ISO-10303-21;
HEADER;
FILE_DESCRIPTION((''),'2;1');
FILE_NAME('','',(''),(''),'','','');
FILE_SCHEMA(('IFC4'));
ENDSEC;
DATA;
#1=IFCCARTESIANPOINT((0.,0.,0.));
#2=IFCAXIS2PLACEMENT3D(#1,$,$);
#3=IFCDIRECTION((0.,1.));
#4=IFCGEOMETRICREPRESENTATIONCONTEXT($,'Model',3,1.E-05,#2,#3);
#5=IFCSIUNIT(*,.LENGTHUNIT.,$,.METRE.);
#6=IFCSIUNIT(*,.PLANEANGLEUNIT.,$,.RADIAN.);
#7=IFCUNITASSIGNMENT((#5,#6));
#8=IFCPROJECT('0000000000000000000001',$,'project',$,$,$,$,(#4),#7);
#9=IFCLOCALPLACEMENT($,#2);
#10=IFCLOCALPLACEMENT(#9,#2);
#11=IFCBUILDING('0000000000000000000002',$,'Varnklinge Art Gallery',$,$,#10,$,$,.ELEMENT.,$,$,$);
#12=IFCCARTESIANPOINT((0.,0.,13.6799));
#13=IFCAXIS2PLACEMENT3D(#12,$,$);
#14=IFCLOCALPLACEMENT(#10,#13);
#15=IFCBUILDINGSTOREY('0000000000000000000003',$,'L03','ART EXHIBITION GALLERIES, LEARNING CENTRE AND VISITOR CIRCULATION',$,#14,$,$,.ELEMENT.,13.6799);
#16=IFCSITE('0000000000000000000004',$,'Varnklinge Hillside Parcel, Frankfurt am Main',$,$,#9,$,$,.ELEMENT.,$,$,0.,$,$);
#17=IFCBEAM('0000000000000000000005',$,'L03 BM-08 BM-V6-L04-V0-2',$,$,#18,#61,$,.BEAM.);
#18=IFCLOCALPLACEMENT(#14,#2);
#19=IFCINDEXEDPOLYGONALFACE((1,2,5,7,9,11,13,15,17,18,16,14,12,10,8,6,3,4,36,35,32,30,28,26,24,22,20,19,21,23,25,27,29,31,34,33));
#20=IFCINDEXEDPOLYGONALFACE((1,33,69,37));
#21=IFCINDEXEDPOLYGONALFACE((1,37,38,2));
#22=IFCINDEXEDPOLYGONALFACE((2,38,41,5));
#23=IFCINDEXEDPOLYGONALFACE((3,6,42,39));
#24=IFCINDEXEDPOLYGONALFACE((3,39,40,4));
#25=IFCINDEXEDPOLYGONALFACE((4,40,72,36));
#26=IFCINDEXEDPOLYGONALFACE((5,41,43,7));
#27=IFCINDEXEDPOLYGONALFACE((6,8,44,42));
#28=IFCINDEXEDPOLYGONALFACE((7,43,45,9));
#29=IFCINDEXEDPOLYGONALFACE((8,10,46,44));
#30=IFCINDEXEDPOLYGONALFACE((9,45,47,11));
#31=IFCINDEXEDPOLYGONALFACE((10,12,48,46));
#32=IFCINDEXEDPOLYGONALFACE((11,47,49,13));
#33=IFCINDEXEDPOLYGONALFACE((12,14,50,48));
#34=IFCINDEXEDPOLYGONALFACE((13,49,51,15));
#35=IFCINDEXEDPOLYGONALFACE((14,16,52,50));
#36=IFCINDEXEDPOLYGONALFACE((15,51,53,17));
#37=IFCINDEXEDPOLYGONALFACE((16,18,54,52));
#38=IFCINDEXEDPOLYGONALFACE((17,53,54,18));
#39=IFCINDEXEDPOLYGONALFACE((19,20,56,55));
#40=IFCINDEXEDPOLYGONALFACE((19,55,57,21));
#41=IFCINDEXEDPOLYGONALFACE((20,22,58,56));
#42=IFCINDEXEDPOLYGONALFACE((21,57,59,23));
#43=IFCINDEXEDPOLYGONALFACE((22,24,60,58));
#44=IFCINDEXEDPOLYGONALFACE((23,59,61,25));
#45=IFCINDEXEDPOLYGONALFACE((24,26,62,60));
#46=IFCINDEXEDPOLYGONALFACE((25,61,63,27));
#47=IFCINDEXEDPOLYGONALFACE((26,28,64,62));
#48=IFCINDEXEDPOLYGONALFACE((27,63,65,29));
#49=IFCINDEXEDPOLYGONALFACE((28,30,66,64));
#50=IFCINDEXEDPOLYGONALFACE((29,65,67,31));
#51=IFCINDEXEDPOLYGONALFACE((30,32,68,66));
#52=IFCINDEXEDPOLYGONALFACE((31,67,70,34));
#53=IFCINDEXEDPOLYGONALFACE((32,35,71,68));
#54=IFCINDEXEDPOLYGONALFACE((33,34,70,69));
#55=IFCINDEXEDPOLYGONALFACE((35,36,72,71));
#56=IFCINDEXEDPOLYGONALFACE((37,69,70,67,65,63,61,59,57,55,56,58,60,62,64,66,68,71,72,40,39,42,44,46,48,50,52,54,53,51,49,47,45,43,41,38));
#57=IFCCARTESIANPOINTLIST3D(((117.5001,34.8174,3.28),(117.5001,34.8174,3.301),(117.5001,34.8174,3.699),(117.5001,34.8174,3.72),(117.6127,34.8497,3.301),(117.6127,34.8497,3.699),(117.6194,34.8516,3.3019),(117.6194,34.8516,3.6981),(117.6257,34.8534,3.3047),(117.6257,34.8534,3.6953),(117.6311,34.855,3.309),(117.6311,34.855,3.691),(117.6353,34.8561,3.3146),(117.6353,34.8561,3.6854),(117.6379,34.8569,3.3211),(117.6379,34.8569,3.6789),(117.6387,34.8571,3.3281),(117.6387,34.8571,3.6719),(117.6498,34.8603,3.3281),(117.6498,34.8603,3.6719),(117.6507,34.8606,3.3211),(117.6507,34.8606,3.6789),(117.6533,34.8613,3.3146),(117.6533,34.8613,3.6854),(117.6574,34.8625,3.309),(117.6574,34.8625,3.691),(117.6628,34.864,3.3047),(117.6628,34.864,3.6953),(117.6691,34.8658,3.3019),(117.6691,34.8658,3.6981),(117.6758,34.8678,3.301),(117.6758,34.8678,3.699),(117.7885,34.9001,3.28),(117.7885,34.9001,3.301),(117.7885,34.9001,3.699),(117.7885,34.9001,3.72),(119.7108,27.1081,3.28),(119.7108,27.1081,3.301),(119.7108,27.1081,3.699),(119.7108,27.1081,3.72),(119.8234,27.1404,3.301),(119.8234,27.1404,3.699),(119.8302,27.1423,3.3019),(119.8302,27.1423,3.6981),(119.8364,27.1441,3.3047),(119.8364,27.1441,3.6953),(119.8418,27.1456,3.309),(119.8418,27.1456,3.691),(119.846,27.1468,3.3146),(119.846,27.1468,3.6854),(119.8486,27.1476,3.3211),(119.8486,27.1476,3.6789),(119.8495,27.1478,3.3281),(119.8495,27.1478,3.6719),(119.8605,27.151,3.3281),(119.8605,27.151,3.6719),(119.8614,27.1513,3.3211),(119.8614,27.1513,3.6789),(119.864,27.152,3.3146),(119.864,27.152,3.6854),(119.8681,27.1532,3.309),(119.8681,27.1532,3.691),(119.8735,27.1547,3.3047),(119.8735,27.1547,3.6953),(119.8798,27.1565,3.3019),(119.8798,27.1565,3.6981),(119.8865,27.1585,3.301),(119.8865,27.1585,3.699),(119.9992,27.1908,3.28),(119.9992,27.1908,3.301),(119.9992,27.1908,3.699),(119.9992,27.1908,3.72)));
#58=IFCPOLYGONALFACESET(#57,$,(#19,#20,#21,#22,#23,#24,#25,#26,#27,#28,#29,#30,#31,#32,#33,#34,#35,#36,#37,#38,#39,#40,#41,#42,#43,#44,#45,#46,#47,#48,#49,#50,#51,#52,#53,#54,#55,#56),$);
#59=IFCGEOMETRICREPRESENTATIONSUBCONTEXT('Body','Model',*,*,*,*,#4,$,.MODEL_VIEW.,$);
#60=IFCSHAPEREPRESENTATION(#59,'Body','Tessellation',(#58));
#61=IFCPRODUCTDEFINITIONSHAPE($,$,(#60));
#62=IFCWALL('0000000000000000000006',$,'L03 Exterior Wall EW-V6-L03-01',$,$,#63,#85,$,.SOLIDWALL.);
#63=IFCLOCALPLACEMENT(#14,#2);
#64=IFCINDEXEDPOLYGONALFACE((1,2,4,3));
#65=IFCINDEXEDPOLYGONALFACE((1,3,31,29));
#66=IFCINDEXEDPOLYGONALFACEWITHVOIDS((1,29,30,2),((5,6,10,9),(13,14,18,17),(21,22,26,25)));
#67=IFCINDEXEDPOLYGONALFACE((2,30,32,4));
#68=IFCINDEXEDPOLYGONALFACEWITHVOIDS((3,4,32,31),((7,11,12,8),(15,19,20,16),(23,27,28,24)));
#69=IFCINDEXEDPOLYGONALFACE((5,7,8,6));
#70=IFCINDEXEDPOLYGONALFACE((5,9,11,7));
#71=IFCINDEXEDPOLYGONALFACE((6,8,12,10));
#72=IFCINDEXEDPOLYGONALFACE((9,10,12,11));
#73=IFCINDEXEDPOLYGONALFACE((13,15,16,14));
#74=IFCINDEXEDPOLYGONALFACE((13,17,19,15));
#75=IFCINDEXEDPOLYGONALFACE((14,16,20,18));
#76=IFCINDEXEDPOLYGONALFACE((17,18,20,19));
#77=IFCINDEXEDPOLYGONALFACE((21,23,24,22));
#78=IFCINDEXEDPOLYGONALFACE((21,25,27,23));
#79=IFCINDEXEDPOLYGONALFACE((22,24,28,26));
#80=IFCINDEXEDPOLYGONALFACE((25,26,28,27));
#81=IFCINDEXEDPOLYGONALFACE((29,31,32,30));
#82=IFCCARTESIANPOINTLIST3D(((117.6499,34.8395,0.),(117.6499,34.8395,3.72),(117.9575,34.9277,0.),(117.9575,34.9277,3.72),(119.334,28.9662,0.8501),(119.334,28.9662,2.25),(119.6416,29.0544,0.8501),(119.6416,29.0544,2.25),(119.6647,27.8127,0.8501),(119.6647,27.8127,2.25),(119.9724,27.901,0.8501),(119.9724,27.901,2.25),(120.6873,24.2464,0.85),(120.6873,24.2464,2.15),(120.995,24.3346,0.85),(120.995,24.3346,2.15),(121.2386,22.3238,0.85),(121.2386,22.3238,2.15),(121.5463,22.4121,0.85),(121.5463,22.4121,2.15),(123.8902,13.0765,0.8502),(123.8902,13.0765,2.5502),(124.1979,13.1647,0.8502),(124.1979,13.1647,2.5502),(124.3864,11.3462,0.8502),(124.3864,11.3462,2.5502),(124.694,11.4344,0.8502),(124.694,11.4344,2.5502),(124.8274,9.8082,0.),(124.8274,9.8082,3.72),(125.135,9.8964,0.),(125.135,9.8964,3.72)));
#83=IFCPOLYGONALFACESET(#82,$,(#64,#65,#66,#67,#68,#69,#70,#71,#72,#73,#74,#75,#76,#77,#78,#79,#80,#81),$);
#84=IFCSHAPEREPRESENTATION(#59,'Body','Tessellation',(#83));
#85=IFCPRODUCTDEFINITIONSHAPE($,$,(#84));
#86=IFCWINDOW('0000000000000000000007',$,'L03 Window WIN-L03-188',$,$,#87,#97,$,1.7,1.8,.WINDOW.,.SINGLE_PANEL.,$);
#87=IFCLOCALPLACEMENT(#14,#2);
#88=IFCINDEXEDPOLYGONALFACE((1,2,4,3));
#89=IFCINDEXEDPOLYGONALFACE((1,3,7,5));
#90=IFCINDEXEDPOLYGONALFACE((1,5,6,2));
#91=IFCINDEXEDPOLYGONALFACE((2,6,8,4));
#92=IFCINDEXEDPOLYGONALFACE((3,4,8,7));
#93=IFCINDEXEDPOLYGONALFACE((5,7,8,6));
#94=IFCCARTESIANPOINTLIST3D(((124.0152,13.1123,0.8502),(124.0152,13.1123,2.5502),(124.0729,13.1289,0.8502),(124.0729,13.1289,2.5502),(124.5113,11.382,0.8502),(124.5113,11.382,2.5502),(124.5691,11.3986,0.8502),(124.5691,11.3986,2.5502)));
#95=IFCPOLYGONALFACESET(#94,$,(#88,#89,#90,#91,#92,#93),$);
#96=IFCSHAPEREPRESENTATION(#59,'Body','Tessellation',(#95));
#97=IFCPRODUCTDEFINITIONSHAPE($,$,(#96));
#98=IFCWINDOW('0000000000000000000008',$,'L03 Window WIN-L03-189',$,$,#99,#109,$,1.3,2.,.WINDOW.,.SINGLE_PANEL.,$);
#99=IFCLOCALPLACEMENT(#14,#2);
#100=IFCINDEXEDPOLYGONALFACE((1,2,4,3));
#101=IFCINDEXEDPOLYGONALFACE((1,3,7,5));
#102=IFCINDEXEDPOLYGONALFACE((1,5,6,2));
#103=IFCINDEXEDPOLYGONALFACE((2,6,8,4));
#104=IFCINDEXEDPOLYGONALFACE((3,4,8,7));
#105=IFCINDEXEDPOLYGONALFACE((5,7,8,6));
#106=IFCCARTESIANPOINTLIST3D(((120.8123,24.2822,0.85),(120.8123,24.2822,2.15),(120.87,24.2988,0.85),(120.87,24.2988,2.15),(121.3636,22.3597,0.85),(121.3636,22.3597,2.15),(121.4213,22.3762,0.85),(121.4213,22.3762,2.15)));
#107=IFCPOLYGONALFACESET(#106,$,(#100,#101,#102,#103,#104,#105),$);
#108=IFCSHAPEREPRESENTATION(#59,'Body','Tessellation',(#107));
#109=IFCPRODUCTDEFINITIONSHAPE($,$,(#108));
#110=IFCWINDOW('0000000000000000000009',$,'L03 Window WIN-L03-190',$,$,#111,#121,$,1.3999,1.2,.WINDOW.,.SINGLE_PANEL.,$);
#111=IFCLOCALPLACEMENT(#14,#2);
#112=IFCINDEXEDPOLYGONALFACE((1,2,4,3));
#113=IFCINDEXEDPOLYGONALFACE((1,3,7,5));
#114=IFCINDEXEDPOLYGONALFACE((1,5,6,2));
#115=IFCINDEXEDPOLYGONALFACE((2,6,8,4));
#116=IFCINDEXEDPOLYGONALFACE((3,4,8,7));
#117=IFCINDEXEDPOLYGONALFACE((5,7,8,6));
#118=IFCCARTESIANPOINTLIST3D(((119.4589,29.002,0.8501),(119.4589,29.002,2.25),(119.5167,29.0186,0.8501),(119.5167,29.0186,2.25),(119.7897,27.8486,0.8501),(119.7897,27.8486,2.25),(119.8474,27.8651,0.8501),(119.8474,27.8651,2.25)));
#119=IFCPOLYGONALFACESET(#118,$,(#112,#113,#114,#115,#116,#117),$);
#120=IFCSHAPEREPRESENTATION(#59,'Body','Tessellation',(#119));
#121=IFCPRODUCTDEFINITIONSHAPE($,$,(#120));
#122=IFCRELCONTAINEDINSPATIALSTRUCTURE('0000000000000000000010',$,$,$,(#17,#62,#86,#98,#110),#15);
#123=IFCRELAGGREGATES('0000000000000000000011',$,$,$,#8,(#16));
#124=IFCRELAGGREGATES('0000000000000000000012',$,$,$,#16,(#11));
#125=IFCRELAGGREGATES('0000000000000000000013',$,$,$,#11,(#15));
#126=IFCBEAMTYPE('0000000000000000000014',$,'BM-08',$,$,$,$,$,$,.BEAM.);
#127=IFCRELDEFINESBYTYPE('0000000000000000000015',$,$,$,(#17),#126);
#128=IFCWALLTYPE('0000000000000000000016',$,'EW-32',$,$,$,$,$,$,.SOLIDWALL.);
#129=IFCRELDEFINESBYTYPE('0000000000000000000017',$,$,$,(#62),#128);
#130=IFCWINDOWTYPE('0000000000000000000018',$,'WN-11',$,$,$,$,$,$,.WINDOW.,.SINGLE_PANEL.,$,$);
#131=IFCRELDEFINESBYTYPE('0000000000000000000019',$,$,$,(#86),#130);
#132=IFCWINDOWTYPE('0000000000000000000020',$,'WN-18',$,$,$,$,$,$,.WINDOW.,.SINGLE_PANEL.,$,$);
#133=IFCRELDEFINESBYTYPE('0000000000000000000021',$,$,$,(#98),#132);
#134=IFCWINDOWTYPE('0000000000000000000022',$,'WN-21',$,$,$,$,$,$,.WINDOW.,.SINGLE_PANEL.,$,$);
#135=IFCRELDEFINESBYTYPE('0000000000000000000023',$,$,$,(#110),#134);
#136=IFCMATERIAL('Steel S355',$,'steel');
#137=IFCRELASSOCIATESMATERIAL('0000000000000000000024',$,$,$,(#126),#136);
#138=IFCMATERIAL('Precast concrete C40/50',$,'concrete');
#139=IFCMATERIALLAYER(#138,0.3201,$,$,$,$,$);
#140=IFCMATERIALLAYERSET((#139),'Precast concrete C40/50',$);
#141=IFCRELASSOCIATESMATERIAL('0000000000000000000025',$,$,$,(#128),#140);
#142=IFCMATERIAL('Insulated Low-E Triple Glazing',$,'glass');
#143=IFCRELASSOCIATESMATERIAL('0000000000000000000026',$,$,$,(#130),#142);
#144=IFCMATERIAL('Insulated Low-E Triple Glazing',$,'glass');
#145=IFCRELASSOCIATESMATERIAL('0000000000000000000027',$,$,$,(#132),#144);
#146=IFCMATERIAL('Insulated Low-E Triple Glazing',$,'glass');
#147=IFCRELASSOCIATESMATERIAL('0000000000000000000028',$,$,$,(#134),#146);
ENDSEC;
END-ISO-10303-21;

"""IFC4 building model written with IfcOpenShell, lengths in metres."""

from ifc_helpers import new_model, si_unit, direction, frame, frame_2d, origin, origin_2d, place, context, subcontext, project, spatial, rectangle, i_section, extrude, material, layer, layer_set, material_profile, profile_set, type_object, element, fill, save


model = new_model("IFC4")

# Units and contexts
model_context = context("Model", 3, precision=1e-05, world=origin(), true_north=direction((0.0, 1.0)))
body_context = subcontext(model_context, "Body", "Model", "MODEL_VIEW")
ifc_project = project(units=[si_unit("LENGTHUNIT", "METRE"), si_unit("PLANEANGLEUNIT", "RADIAN")], contexts=[model_context])

# Site, building, storey
site_placement = place(None, origin())
site = spatial("IfcSite", under=ifc_project, at=site_placement, Name="Varnklinge Hillside Parcel, Frankfurt am Main", CompositionType="ELEMENT", RefElevation=0.0)
building_placement = place(site_placement, origin())
building = spatial("IfcBuilding", under=site, at=building_placement, Name="Varnklinge Art Gallery", CompositionType="ELEMENT")
storey_placement = place(building_placement, frame((0.0, 0.0, 13.6799)))
storey = spatial("IfcBuildingStorey", under=building, at=storey_placement, Name="L03", Description="ART EXHIBITION GALLERIES, LEARNING CENTRE AND VISITOR CIRCULATION", CompositionType="ELEMENT", Elevation=13.6799)

# Beam
ifc_material_1 = material(Name="Steel S355", Category="steel")
ifc_material_profile_1 = material_profile(ifc_material_1, i_section(OverallWidth=0.3, OverallDepth=0.4399, WebThickness=0.0115, FlangeThickness=0.021, FilletRadius=0.0271, at=origin_2d()), Name="HEA 450")
ifc_profile_set_1 = profile_set([ifc_material_profile_1], Name="Steel S355")
beam_type_1 = type_object("IfcBeamType", Name="BM-08", PredefinedType="BEAM", material=ifc_profile_set_1)
beam_1_placement = place(storey_placement, frame((119.855, 27.1494, 3.5), z_axis=(-0.27565, 0.961258, 0.0), x_axis=(-0.961258, -0.27565, 0.0)))
element("IfcBeam", 1, at=beam_1_placement, inside=storey, type_object=beam_type_1, Name="L03 BM-08 BM-V6-L04-V0-2", PredefinedType="BEAM", context=body_context, shape_type="SweptSolid", body=[
    extrude(i_section(OverallWidth=0.3, OverallDepth=0.4399, WebThickness=0.0115, FlangeThickness=0.021, FilletRadius=0.0271, at=origin_2d()), origin(), (0.0, 0.0, 1.0), 8.02),
])

# Wall, openings, windows
ifc_material_2 = material(Name="Precast concrete C40/50", Category="concrete")
ifc_layer_1 = layer(ifc_material_2, 0.3201)
ifc_layer_set_1 = layer_set([ifc_layer_1], Name="Precast concrete C40/50")
wall_type_1 = type_object("IfcWallType", Name="EW-32", PredefinedType="SOLIDWALL", material=ifc_layer_set_1)
wall_1_placement = place(storey_placement, frame((124.9812, 9.8523, 0.0), z_axis=(0.0, 0.0, 1.0), x_axis=(-0.275634, 0.961263, 0.0)))
wall_1 = element("IfcWall", 2, at=wall_1_placement, inside=storey, type_object=wall_type_1, Name="L03 Exterior Wall EW-V6-L03-01", PredefinedType="SOLIDWALL", context=body_context, shape_type="SweptSolid", body=[
    extrude(rectangle(XDim=26.04, YDim=0.3201, at=frame_2d((13.02, 0.0))), origin(), (0.0, 0.0, 1.0), 3.72),
])
opening_1_placement = place(wall_1_placement, frame((1.6001, 0.0, 0.8501)))
opening_1 = element("IfcOpeningElement", 3, at=opening_1_placement, cuts=wall_1, PredefinedType="OPENING", context=body_context, shape_type="SweptSolid", body=[
    extrude(rectangle(XDim=1.8, YDim=1.7, at=frame_2d((0.8999, 0.8501))), frame((0.0, 0.1702, 0.0), z_axis=(0.0, -1.0, 0.0), x_axis=(1.0, 0.0, 0.0)), (0.0, 0.0, 1.0), 0.3401),
])
opening_2_placement = place(wall_1_placement, frame((13.02, 0.0, 0.8501)))
opening_2 = element("IfcOpeningElement", 4, at=opening_2_placement, cuts=wall_1, PredefinedType="OPENING", context=body_context, shape_type="SweptSolid", body=[
    extrude(rectangle(XDim=2.0, YDim=1.3, at=frame_2d((1.0, 0.6499))), frame((0.0, 0.1702, 0.0), z_axis=(0.0, -1.0, 0.0), x_axis=(1.0, 0.0, 0.0)), (0.0, 0.0, 1.0), 0.3401),
])
opening_3_placement = place(wall_1_placement, frame((18.73, 0.0, 0.8501)))
opening_3 = element("IfcOpeningElement", 5, at=opening_3_placement, cuts=wall_1, PredefinedType="OPENING", context=body_context, shape_type="SweptSolid", body=[
    extrude(rectangle(XDim=1.2, YDim=1.3999, at=frame_2d((0.6001, 0.7))), frame((0.0, 0.1702, 0.0), z_axis=(0.0, -1.0, 0.0), x_axis=(1.0, 0.0, 0.0)), (0.0, 0.0, 1.0), 0.3401),
])
ifc_material_3 = material(Name="Insulated Low-E Triple Glazing", Category="glass")
window_type_1 = type_object("IfcWindowType", Name="WN-11", PartitioningType="SINGLE_PANEL", PredefinedType="WINDOW", material=ifc_material_3)
window_1_placement = place(opening_1_placement, origin())
window_1 = element("IfcWindow", 6, at=window_1_placement, inside=storey, type_object=window_type_1, Name="L03 Window WIN-L03-188", OverallHeight=1.7, OverallWidth=1.8, PartitioningType="SINGLE_PANEL", PredefinedType="WINDOW", context=body_context, shape_type="SweptSolid", body=[
    extrude(rectangle(XDim=1.8, YDim=1.7, at=frame_2d((0.8999, 0.8501))), frame((0.0, 0.03, 0.0), z_axis=(0.0, -1.0, 0.0), x_axis=(1.0, 0.0, 0.0)), (0.0, 0.0, 1.0), 0.0601),
])
fill(opening_1, window_1)
ifc_material_4 = material(Name="Insulated Low-E Triple Glazing", Category="glass")
window_type_2 = type_object("IfcWindowType", Name="WN-18", PartitioningType="SINGLE_PANEL", PredefinedType="WINDOW", material=ifc_material_4)
window_2_placement = place(opening_2_placement, origin())
window_2 = element("IfcWindow", 7, at=window_2_placement, inside=storey, type_object=window_type_2, Name="L03 Window WIN-L03-189", OverallHeight=1.3, OverallWidth=2.0, PartitioningType="SINGLE_PANEL", PredefinedType="WINDOW", context=body_context, shape_type="SweptSolid", body=[
    extrude(rectangle(XDim=2.0, YDim=1.3, at=frame_2d((1.0, 0.6499))), frame((0.0, 0.03, 0.0), z_axis=(0.0, -1.0, 0.0), x_axis=(1.0, 0.0, 0.0)), (0.0, 0.0, 1.0), 0.0601),
])
fill(opening_2, window_2)
ifc_material_5 = material(Name="Insulated Low-E Triple Glazing", Category="glass")
window_type_3 = type_object("IfcWindowType", Name="WN-21", PartitioningType="SINGLE_PANEL", PredefinedType="WINDOW", material=ifc_material_5)
window_3_placement = place(opening_3_placement, origin())
window_3 = element("IfcWindow", 8, at=window_3_placement, inside=storey, type_object=window_type_3, Name="L03 Window WIN-L03-190", OverallHeight=1.3999, OverallWidth=1.2, PartitioningType="SINGLE_PANEL", PredefinedType="WINDOW", context=body_context, shape_type="SweptSolid", body=[
    extrude(rectangle(XDim=1.2, YDim=1.3999, at=frame_2d((0.6001, 0.7))), frame((0.0, 0.03, 0.0), z_axis=(0.0, -1.0, 0.0), x_axis=(1.0, 0.0, 0.0)), (0.0, 0.0, 1.0), 0.0601),
])
fill(opening_3, window_3)

save(model, "model.ifc")
